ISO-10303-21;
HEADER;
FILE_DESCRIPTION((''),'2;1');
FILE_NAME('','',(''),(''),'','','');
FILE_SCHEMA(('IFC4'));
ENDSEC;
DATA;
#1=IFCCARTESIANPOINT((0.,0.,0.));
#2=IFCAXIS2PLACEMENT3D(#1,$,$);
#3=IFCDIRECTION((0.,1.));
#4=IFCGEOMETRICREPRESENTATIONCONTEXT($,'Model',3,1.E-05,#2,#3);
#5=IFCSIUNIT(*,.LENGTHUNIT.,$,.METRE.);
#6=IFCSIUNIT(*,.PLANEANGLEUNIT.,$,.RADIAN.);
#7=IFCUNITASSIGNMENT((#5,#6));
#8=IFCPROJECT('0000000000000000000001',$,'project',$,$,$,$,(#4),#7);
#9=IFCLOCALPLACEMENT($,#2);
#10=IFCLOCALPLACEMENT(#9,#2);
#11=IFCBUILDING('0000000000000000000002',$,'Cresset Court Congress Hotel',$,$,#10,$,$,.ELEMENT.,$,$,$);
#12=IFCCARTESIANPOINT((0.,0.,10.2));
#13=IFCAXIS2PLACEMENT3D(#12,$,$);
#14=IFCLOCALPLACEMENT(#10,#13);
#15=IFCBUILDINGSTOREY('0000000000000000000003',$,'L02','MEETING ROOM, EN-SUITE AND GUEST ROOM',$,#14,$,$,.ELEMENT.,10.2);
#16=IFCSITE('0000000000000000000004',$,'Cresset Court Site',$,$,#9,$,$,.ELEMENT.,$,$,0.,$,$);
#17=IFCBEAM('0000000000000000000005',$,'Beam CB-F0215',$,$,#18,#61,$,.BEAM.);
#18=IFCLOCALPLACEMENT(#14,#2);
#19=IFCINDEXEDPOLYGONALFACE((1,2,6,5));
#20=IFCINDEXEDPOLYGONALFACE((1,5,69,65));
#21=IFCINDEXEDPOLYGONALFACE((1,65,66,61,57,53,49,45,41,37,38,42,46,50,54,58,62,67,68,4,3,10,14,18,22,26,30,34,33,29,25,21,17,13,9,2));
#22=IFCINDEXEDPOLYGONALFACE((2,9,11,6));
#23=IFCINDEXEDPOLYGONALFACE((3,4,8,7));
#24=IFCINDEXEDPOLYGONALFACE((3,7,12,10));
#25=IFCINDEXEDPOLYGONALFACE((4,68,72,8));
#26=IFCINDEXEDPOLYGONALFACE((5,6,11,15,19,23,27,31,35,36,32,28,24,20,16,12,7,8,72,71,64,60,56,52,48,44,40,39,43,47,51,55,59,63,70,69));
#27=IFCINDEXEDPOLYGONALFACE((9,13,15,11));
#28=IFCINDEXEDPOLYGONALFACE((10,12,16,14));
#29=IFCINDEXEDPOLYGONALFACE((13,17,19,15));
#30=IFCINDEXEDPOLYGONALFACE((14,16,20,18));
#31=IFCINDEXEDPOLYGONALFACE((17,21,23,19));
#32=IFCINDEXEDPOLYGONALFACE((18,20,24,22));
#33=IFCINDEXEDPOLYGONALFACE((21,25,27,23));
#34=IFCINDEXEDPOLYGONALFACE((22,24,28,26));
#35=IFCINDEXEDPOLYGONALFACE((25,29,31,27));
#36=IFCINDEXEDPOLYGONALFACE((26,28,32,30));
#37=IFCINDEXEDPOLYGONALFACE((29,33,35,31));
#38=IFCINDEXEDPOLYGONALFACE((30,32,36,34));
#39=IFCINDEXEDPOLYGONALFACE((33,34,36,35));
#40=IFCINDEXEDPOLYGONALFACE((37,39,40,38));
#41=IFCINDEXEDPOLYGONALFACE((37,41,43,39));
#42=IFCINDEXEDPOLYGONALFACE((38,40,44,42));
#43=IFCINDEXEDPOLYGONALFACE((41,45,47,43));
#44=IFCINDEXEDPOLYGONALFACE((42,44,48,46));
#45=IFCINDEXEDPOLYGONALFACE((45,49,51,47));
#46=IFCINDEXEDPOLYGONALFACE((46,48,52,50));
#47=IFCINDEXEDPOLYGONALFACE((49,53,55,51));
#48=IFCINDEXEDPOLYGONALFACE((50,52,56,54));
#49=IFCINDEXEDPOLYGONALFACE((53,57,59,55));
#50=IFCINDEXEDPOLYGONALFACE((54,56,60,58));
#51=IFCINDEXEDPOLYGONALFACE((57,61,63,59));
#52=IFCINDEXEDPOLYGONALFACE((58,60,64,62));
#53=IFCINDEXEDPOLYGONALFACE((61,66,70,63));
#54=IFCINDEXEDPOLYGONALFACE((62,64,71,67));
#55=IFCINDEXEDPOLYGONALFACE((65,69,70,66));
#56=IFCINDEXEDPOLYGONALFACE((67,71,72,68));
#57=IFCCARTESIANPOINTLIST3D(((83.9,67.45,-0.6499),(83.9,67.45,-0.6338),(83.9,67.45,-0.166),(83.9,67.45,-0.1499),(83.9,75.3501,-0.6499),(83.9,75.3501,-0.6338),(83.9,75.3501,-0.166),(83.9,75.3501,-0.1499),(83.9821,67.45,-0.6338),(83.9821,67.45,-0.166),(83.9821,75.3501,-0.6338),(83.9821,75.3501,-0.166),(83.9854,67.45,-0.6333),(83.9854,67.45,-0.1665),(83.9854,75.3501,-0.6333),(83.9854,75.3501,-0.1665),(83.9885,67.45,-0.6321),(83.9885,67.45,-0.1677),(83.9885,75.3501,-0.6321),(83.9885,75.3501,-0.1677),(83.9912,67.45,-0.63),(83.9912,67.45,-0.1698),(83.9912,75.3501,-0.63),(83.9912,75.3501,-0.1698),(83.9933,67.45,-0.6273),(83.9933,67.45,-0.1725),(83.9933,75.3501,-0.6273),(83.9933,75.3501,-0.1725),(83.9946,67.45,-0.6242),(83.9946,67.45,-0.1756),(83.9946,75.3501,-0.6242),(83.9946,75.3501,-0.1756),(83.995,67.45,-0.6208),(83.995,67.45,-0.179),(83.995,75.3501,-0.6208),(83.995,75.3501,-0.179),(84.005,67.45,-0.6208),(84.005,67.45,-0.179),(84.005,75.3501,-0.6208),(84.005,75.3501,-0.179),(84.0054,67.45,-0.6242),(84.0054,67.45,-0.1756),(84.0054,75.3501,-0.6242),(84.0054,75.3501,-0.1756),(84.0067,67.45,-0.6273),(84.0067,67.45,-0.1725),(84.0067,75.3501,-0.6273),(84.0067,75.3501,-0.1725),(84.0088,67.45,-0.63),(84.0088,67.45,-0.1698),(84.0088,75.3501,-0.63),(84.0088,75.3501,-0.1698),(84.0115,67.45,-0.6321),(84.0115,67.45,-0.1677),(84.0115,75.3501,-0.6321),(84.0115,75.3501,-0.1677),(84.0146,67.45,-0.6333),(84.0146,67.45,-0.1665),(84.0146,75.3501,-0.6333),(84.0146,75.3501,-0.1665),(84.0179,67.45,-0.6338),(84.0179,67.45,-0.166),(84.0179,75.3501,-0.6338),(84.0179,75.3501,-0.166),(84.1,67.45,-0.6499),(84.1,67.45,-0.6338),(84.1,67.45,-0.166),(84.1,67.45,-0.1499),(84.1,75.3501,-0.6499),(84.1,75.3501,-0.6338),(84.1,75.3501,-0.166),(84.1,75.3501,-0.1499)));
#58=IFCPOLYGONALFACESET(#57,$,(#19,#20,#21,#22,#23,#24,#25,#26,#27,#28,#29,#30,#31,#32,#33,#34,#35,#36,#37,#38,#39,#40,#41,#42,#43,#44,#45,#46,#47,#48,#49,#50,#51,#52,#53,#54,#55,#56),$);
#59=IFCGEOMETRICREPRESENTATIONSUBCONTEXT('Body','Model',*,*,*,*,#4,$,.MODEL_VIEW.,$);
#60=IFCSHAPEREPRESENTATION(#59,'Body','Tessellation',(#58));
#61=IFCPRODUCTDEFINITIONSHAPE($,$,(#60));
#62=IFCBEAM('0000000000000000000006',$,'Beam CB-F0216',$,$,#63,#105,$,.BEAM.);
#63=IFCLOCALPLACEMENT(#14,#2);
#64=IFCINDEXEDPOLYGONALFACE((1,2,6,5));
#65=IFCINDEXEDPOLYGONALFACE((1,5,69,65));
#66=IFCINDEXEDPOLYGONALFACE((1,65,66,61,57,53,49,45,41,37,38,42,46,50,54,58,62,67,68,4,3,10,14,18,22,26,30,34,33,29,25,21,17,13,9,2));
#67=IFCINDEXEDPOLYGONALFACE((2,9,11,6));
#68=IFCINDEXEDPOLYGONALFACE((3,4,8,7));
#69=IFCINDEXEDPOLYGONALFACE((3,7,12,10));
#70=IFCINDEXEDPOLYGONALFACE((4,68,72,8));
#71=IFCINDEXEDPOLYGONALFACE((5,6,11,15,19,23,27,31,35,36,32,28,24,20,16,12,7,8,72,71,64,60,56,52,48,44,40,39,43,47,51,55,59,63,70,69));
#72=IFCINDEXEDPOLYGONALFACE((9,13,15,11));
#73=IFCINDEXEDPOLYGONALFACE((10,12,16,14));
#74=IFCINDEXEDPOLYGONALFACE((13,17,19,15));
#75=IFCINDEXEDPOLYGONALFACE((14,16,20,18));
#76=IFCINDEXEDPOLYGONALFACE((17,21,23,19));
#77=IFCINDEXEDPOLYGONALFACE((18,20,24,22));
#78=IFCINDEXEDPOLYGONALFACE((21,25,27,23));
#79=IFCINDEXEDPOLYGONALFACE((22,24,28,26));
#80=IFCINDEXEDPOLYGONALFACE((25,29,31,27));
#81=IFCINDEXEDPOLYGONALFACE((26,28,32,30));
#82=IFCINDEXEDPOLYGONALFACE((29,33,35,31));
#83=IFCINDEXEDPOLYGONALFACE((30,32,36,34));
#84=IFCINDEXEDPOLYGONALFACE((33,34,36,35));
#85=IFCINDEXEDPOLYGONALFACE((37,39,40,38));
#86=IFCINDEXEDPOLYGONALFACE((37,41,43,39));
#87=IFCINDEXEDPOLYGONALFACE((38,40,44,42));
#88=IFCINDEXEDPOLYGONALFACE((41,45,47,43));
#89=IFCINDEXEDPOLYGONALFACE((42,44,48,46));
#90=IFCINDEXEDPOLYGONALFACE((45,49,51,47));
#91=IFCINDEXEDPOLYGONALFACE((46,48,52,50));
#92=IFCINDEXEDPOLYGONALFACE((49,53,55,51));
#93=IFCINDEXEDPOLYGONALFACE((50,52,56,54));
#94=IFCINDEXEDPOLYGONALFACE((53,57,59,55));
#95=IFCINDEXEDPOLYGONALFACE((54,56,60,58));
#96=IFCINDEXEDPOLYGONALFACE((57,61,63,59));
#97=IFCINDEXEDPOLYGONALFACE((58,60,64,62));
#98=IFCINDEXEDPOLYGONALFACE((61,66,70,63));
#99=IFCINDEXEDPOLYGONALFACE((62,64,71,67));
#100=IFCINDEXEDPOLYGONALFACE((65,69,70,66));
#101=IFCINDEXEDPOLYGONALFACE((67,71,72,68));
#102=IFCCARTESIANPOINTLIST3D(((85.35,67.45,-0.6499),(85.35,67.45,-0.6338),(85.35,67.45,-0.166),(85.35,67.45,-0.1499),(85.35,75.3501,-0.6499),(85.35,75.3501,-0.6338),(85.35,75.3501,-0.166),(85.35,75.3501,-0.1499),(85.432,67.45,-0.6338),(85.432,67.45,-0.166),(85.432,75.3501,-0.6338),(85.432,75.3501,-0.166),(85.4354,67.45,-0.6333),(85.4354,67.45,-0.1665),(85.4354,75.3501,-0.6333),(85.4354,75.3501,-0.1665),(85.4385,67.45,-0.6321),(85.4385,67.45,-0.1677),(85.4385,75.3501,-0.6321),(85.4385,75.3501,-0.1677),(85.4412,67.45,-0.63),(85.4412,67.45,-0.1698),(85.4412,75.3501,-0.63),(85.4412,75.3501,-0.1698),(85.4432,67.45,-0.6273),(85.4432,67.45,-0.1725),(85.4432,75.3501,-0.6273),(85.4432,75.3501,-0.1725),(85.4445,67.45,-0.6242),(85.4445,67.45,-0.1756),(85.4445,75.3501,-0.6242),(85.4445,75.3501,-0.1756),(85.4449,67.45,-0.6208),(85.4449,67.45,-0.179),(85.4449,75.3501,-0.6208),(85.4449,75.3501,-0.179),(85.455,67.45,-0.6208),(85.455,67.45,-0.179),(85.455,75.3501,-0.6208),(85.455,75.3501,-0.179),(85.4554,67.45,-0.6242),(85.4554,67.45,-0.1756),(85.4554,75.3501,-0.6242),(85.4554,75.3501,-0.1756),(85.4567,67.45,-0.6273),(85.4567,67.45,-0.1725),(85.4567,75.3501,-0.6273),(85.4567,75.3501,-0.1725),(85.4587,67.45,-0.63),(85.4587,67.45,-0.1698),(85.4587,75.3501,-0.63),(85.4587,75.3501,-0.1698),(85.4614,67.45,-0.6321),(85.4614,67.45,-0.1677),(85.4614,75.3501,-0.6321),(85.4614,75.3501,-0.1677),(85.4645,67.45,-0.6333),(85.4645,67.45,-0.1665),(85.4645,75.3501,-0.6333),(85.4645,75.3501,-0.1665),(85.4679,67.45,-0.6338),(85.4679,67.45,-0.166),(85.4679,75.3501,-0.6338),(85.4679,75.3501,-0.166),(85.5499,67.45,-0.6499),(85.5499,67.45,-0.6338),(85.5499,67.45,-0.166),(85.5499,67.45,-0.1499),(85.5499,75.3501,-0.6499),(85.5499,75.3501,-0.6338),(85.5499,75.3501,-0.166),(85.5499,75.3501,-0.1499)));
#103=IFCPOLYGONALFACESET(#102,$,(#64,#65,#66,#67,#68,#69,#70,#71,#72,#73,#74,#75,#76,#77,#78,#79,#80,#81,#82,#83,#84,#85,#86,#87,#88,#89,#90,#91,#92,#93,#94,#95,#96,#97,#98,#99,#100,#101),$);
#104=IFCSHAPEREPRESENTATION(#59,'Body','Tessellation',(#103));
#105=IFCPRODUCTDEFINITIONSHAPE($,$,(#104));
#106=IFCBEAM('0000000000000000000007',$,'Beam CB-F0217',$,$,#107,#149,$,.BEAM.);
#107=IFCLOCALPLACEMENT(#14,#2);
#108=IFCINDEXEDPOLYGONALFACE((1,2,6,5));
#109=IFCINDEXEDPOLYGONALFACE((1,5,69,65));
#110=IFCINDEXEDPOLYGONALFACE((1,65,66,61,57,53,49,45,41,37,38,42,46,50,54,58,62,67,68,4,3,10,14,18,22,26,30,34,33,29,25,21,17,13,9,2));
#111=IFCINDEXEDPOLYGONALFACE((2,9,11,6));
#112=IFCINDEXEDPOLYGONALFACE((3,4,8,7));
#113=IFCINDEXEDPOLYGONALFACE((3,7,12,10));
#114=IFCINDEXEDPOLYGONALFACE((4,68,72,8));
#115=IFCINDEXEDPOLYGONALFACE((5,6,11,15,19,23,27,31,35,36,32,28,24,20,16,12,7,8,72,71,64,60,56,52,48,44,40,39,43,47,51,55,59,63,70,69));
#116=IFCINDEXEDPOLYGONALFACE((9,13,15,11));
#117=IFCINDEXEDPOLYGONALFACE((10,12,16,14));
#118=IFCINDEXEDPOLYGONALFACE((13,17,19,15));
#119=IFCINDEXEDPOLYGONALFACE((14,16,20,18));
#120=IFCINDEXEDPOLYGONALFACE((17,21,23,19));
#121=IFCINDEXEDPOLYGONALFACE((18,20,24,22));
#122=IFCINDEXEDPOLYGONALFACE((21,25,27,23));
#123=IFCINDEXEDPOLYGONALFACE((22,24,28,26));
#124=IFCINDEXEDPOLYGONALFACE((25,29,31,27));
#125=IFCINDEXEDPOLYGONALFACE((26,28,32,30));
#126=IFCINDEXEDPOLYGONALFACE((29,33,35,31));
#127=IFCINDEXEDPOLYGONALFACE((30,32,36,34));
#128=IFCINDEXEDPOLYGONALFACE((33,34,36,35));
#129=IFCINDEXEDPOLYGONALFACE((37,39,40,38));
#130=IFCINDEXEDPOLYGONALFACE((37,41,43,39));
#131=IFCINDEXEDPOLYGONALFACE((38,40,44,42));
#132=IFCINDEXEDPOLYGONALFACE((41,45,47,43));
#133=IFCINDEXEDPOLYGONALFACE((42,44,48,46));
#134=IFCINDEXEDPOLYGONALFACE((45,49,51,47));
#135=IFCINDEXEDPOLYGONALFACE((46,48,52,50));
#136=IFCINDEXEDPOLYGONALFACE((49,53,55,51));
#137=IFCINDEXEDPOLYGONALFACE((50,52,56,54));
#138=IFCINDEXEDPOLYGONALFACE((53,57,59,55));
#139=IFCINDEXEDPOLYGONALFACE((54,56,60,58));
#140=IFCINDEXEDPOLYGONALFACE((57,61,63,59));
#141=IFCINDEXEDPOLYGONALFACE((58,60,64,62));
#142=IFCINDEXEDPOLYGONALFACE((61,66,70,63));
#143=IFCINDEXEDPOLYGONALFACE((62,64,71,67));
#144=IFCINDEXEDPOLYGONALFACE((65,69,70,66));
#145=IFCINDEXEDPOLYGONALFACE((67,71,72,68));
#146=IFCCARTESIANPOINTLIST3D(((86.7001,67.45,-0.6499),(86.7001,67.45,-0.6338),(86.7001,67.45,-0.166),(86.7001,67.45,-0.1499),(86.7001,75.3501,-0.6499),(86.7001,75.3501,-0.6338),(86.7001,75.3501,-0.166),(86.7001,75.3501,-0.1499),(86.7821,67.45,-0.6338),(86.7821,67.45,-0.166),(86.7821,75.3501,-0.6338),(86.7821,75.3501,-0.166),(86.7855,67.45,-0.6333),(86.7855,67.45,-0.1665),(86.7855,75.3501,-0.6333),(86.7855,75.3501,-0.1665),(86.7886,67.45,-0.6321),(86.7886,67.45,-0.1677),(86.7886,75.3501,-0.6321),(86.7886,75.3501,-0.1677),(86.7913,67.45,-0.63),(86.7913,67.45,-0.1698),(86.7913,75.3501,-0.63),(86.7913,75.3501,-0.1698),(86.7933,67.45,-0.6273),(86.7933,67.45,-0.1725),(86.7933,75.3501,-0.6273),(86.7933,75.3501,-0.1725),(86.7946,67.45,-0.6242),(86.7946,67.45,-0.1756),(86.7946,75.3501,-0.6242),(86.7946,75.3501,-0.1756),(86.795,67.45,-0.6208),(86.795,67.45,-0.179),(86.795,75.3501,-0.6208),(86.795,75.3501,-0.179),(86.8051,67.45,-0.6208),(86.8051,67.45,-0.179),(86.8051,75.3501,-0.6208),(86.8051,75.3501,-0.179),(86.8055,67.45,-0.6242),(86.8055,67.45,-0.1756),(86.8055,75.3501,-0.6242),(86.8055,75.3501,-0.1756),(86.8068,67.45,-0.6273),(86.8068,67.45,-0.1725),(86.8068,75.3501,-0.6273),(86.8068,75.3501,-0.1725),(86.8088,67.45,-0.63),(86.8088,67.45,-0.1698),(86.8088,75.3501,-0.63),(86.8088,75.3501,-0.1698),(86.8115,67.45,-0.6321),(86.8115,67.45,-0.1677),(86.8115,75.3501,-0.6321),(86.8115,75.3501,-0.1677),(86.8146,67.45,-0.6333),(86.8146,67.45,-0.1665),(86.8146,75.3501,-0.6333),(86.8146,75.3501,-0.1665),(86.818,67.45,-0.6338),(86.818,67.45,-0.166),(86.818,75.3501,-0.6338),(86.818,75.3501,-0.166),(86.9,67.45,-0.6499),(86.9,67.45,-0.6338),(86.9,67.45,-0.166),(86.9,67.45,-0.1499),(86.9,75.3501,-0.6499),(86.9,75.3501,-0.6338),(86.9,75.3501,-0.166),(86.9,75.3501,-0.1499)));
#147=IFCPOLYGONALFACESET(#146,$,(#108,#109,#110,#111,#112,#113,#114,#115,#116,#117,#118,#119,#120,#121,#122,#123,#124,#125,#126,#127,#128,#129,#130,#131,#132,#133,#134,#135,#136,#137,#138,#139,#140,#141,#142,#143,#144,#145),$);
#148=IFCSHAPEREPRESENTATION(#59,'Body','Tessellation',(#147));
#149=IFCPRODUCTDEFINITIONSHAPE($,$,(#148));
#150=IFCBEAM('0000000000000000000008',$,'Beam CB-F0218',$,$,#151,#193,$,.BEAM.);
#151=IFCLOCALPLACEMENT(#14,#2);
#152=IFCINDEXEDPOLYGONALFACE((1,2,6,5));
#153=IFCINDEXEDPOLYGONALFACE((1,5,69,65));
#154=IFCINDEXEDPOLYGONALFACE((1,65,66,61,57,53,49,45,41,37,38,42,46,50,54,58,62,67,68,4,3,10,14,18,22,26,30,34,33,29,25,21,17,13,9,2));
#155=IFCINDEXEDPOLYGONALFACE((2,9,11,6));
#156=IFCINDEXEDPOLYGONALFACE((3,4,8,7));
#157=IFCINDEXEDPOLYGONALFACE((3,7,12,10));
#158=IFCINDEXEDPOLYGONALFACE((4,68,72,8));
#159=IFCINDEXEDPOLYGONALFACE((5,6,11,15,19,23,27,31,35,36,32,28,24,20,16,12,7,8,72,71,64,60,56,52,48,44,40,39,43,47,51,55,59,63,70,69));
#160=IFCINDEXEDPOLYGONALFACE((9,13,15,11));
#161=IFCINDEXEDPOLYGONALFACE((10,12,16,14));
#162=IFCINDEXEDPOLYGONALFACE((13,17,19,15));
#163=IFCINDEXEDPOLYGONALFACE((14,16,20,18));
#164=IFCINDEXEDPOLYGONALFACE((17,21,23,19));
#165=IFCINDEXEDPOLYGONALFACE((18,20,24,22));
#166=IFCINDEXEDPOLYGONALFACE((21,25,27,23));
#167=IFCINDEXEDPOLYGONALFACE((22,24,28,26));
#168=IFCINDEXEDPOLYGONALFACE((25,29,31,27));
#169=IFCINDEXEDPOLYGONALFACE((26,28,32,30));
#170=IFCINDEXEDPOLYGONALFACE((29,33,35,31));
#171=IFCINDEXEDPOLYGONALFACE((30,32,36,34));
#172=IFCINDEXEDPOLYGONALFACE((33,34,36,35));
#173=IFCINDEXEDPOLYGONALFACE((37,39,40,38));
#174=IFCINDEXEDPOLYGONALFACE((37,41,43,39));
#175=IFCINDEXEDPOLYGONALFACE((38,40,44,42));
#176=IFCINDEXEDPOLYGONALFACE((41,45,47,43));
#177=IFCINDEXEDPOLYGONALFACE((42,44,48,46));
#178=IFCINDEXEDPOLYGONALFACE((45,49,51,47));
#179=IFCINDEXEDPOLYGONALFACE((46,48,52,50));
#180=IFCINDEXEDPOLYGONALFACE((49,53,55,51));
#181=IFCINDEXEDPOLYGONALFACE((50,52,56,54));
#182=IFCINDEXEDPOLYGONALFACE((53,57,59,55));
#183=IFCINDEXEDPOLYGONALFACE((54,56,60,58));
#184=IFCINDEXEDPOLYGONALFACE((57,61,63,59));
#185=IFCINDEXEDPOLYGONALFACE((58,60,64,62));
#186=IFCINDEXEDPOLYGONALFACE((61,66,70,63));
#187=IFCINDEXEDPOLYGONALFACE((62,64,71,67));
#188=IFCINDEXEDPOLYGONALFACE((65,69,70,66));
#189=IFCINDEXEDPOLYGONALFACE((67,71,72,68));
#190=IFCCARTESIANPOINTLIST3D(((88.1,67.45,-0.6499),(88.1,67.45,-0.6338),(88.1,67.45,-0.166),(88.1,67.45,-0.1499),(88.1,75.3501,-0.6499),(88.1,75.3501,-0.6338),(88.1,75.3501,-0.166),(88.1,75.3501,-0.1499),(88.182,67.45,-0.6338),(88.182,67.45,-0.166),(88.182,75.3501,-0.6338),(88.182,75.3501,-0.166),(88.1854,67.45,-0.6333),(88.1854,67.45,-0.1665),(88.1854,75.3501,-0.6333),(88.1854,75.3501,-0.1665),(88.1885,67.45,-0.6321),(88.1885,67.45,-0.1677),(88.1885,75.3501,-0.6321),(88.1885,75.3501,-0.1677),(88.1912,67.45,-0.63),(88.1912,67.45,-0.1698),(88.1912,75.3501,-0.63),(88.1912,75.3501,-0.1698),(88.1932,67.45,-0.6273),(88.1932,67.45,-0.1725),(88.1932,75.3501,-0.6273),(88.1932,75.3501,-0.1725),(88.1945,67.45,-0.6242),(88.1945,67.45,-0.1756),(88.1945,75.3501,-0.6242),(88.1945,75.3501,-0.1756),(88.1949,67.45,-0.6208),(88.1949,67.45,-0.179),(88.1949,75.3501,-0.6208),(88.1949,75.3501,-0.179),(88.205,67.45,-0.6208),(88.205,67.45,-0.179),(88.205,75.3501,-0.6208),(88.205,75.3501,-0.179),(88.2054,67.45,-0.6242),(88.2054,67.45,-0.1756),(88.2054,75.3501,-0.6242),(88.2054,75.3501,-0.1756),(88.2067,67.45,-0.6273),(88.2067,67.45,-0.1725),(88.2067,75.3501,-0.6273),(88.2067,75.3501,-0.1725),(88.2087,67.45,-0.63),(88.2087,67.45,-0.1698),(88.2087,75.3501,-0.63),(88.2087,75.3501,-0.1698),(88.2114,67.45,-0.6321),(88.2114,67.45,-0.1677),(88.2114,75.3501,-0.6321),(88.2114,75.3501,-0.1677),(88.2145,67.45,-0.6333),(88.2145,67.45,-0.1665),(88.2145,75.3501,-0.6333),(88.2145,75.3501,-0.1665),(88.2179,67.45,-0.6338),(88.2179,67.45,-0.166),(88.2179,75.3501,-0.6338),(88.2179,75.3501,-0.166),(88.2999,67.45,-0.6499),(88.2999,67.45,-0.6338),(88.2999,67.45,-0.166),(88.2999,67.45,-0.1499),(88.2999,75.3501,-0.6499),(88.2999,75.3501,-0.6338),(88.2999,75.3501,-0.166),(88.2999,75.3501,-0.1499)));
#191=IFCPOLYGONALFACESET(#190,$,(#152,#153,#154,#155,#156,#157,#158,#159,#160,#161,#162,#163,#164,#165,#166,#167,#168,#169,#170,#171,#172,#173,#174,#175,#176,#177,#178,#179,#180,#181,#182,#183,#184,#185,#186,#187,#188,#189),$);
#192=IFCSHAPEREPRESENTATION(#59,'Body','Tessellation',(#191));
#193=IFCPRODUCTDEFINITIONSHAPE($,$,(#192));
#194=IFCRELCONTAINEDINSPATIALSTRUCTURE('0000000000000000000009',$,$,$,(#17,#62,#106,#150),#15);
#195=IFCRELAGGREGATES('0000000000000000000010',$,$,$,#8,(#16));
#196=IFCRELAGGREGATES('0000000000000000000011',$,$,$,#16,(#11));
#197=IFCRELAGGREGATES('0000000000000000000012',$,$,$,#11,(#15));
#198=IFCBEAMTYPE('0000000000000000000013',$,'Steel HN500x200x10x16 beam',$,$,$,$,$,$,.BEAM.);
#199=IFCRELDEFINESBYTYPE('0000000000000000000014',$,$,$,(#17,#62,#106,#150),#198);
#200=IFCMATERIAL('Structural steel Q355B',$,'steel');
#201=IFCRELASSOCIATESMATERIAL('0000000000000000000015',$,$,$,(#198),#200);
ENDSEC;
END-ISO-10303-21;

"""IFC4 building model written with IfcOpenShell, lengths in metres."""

from ifc_helpers import new_model, si_unit, direction, frame, origin, origin_2d, place, context, subcontext, project, spatial, i_section, extrude, material, material_profile, profile_set, type_object, element, save


model = new_model("IFC4")

# Units and contexts
model_context = context("Model", 3, precision=1e-05, world=origin(), true_north=direction((0.0, 1.0)))
body_context = subcontext(model_context, "Body", "Model", "MODEL_VIEW")
ifc_project = project(units=[si_unit("LENGTHUNIT", "METRE"), si_unit("PLANEANGLEUNIT", "RADIAN")], contexts=[model_context])

# Site, building, storey
site_placement = place(None, origin())
site = spatial("IfcSite", under=ifc_project, at=site_placement, Name="Cresset Court Site", CompositionType="ELEMENT", RefElevation=0.0)
building_placement = place(site_placement, origin())
building = spatial("IfcBuilding", under=site, at=building_placement, Name="Cresset Court Congress Hotel", CompositionType="ELEMENT")
storey_placement = place(building_placement, frame((0.0, 0.0, 10.2)))
storey = spatial("IfcBuildingStorey", under=building, at=storey_placement, Name="L02", Description="MEETING ROOM, EN-SUITE AND GUEST ROOM", CompositionType="ELEMENT", Elevation=10.2)

# Beams
ifc_material_1 = material(Name="Structural steel Q355B", Category="steel")
ifc_material_profile_1 = material_profile(ifc_material_1, i_section(OverallWidth=0.2, OverallDepth=0.5, WebThickness=0.01, FlangeThickness=0.0161, FilletRadius=0.0129, at=origin_2d()), Name="HN500x200x10x16")
ifc_profile_set_1 = profile_set([ifc_material_profile_1], Name="Structural steel Q355B")
beam_type_1 = type_object("IfcBeamType", Name="Steel HN500x200x10x16 beam", PredefinedType="BEAM", material=ifc_profile_set_1)
for number, where, z_axis, x_axis, name in (
    (1, (84.0, 67.45, -0.3999), (0.0, 1.0, 0.0), (-1.0, 0.0, 0.0), "Beam CB-F0215"),
    (2, (85.45, 67.45, -0.3999), (0.0, 1.0, 0.0), (-1.0, 0.0, 0.0), "Beam CB-F0216"),
    (3, (86.8, 67.45, -0.3999), (0.0, 1.0, 0.0), (-1.0, 0.0, 0.0), "Beam CB-F0217"),
    (4, (88.2, 67.45, -0.3999), (0.0, 1.0, 0.0), (-1.0, 0.0, 0.0), "Beam CB-F0218"),
):
    element("IfcBeam", number, at=place(storey_placement, frame(where, z_axis=z_axis, x_axis=x_axis)), inside=storey, type_object=beam_type_1, Name=name, PredefinedType="BEAM", context=body_context, shape_type="SweptSolid", body=[
        extrude(i_section(OverallWidth=0.2, OverallDepth=0.5, WebThickness=0.01, FlangeThickness=0.0161, FilletRadius=0.0129, at=origin_2d()), origin(), (0.0, 0.0, 1.0), 7.9001),
    ])

save(model, "model.ifc")
